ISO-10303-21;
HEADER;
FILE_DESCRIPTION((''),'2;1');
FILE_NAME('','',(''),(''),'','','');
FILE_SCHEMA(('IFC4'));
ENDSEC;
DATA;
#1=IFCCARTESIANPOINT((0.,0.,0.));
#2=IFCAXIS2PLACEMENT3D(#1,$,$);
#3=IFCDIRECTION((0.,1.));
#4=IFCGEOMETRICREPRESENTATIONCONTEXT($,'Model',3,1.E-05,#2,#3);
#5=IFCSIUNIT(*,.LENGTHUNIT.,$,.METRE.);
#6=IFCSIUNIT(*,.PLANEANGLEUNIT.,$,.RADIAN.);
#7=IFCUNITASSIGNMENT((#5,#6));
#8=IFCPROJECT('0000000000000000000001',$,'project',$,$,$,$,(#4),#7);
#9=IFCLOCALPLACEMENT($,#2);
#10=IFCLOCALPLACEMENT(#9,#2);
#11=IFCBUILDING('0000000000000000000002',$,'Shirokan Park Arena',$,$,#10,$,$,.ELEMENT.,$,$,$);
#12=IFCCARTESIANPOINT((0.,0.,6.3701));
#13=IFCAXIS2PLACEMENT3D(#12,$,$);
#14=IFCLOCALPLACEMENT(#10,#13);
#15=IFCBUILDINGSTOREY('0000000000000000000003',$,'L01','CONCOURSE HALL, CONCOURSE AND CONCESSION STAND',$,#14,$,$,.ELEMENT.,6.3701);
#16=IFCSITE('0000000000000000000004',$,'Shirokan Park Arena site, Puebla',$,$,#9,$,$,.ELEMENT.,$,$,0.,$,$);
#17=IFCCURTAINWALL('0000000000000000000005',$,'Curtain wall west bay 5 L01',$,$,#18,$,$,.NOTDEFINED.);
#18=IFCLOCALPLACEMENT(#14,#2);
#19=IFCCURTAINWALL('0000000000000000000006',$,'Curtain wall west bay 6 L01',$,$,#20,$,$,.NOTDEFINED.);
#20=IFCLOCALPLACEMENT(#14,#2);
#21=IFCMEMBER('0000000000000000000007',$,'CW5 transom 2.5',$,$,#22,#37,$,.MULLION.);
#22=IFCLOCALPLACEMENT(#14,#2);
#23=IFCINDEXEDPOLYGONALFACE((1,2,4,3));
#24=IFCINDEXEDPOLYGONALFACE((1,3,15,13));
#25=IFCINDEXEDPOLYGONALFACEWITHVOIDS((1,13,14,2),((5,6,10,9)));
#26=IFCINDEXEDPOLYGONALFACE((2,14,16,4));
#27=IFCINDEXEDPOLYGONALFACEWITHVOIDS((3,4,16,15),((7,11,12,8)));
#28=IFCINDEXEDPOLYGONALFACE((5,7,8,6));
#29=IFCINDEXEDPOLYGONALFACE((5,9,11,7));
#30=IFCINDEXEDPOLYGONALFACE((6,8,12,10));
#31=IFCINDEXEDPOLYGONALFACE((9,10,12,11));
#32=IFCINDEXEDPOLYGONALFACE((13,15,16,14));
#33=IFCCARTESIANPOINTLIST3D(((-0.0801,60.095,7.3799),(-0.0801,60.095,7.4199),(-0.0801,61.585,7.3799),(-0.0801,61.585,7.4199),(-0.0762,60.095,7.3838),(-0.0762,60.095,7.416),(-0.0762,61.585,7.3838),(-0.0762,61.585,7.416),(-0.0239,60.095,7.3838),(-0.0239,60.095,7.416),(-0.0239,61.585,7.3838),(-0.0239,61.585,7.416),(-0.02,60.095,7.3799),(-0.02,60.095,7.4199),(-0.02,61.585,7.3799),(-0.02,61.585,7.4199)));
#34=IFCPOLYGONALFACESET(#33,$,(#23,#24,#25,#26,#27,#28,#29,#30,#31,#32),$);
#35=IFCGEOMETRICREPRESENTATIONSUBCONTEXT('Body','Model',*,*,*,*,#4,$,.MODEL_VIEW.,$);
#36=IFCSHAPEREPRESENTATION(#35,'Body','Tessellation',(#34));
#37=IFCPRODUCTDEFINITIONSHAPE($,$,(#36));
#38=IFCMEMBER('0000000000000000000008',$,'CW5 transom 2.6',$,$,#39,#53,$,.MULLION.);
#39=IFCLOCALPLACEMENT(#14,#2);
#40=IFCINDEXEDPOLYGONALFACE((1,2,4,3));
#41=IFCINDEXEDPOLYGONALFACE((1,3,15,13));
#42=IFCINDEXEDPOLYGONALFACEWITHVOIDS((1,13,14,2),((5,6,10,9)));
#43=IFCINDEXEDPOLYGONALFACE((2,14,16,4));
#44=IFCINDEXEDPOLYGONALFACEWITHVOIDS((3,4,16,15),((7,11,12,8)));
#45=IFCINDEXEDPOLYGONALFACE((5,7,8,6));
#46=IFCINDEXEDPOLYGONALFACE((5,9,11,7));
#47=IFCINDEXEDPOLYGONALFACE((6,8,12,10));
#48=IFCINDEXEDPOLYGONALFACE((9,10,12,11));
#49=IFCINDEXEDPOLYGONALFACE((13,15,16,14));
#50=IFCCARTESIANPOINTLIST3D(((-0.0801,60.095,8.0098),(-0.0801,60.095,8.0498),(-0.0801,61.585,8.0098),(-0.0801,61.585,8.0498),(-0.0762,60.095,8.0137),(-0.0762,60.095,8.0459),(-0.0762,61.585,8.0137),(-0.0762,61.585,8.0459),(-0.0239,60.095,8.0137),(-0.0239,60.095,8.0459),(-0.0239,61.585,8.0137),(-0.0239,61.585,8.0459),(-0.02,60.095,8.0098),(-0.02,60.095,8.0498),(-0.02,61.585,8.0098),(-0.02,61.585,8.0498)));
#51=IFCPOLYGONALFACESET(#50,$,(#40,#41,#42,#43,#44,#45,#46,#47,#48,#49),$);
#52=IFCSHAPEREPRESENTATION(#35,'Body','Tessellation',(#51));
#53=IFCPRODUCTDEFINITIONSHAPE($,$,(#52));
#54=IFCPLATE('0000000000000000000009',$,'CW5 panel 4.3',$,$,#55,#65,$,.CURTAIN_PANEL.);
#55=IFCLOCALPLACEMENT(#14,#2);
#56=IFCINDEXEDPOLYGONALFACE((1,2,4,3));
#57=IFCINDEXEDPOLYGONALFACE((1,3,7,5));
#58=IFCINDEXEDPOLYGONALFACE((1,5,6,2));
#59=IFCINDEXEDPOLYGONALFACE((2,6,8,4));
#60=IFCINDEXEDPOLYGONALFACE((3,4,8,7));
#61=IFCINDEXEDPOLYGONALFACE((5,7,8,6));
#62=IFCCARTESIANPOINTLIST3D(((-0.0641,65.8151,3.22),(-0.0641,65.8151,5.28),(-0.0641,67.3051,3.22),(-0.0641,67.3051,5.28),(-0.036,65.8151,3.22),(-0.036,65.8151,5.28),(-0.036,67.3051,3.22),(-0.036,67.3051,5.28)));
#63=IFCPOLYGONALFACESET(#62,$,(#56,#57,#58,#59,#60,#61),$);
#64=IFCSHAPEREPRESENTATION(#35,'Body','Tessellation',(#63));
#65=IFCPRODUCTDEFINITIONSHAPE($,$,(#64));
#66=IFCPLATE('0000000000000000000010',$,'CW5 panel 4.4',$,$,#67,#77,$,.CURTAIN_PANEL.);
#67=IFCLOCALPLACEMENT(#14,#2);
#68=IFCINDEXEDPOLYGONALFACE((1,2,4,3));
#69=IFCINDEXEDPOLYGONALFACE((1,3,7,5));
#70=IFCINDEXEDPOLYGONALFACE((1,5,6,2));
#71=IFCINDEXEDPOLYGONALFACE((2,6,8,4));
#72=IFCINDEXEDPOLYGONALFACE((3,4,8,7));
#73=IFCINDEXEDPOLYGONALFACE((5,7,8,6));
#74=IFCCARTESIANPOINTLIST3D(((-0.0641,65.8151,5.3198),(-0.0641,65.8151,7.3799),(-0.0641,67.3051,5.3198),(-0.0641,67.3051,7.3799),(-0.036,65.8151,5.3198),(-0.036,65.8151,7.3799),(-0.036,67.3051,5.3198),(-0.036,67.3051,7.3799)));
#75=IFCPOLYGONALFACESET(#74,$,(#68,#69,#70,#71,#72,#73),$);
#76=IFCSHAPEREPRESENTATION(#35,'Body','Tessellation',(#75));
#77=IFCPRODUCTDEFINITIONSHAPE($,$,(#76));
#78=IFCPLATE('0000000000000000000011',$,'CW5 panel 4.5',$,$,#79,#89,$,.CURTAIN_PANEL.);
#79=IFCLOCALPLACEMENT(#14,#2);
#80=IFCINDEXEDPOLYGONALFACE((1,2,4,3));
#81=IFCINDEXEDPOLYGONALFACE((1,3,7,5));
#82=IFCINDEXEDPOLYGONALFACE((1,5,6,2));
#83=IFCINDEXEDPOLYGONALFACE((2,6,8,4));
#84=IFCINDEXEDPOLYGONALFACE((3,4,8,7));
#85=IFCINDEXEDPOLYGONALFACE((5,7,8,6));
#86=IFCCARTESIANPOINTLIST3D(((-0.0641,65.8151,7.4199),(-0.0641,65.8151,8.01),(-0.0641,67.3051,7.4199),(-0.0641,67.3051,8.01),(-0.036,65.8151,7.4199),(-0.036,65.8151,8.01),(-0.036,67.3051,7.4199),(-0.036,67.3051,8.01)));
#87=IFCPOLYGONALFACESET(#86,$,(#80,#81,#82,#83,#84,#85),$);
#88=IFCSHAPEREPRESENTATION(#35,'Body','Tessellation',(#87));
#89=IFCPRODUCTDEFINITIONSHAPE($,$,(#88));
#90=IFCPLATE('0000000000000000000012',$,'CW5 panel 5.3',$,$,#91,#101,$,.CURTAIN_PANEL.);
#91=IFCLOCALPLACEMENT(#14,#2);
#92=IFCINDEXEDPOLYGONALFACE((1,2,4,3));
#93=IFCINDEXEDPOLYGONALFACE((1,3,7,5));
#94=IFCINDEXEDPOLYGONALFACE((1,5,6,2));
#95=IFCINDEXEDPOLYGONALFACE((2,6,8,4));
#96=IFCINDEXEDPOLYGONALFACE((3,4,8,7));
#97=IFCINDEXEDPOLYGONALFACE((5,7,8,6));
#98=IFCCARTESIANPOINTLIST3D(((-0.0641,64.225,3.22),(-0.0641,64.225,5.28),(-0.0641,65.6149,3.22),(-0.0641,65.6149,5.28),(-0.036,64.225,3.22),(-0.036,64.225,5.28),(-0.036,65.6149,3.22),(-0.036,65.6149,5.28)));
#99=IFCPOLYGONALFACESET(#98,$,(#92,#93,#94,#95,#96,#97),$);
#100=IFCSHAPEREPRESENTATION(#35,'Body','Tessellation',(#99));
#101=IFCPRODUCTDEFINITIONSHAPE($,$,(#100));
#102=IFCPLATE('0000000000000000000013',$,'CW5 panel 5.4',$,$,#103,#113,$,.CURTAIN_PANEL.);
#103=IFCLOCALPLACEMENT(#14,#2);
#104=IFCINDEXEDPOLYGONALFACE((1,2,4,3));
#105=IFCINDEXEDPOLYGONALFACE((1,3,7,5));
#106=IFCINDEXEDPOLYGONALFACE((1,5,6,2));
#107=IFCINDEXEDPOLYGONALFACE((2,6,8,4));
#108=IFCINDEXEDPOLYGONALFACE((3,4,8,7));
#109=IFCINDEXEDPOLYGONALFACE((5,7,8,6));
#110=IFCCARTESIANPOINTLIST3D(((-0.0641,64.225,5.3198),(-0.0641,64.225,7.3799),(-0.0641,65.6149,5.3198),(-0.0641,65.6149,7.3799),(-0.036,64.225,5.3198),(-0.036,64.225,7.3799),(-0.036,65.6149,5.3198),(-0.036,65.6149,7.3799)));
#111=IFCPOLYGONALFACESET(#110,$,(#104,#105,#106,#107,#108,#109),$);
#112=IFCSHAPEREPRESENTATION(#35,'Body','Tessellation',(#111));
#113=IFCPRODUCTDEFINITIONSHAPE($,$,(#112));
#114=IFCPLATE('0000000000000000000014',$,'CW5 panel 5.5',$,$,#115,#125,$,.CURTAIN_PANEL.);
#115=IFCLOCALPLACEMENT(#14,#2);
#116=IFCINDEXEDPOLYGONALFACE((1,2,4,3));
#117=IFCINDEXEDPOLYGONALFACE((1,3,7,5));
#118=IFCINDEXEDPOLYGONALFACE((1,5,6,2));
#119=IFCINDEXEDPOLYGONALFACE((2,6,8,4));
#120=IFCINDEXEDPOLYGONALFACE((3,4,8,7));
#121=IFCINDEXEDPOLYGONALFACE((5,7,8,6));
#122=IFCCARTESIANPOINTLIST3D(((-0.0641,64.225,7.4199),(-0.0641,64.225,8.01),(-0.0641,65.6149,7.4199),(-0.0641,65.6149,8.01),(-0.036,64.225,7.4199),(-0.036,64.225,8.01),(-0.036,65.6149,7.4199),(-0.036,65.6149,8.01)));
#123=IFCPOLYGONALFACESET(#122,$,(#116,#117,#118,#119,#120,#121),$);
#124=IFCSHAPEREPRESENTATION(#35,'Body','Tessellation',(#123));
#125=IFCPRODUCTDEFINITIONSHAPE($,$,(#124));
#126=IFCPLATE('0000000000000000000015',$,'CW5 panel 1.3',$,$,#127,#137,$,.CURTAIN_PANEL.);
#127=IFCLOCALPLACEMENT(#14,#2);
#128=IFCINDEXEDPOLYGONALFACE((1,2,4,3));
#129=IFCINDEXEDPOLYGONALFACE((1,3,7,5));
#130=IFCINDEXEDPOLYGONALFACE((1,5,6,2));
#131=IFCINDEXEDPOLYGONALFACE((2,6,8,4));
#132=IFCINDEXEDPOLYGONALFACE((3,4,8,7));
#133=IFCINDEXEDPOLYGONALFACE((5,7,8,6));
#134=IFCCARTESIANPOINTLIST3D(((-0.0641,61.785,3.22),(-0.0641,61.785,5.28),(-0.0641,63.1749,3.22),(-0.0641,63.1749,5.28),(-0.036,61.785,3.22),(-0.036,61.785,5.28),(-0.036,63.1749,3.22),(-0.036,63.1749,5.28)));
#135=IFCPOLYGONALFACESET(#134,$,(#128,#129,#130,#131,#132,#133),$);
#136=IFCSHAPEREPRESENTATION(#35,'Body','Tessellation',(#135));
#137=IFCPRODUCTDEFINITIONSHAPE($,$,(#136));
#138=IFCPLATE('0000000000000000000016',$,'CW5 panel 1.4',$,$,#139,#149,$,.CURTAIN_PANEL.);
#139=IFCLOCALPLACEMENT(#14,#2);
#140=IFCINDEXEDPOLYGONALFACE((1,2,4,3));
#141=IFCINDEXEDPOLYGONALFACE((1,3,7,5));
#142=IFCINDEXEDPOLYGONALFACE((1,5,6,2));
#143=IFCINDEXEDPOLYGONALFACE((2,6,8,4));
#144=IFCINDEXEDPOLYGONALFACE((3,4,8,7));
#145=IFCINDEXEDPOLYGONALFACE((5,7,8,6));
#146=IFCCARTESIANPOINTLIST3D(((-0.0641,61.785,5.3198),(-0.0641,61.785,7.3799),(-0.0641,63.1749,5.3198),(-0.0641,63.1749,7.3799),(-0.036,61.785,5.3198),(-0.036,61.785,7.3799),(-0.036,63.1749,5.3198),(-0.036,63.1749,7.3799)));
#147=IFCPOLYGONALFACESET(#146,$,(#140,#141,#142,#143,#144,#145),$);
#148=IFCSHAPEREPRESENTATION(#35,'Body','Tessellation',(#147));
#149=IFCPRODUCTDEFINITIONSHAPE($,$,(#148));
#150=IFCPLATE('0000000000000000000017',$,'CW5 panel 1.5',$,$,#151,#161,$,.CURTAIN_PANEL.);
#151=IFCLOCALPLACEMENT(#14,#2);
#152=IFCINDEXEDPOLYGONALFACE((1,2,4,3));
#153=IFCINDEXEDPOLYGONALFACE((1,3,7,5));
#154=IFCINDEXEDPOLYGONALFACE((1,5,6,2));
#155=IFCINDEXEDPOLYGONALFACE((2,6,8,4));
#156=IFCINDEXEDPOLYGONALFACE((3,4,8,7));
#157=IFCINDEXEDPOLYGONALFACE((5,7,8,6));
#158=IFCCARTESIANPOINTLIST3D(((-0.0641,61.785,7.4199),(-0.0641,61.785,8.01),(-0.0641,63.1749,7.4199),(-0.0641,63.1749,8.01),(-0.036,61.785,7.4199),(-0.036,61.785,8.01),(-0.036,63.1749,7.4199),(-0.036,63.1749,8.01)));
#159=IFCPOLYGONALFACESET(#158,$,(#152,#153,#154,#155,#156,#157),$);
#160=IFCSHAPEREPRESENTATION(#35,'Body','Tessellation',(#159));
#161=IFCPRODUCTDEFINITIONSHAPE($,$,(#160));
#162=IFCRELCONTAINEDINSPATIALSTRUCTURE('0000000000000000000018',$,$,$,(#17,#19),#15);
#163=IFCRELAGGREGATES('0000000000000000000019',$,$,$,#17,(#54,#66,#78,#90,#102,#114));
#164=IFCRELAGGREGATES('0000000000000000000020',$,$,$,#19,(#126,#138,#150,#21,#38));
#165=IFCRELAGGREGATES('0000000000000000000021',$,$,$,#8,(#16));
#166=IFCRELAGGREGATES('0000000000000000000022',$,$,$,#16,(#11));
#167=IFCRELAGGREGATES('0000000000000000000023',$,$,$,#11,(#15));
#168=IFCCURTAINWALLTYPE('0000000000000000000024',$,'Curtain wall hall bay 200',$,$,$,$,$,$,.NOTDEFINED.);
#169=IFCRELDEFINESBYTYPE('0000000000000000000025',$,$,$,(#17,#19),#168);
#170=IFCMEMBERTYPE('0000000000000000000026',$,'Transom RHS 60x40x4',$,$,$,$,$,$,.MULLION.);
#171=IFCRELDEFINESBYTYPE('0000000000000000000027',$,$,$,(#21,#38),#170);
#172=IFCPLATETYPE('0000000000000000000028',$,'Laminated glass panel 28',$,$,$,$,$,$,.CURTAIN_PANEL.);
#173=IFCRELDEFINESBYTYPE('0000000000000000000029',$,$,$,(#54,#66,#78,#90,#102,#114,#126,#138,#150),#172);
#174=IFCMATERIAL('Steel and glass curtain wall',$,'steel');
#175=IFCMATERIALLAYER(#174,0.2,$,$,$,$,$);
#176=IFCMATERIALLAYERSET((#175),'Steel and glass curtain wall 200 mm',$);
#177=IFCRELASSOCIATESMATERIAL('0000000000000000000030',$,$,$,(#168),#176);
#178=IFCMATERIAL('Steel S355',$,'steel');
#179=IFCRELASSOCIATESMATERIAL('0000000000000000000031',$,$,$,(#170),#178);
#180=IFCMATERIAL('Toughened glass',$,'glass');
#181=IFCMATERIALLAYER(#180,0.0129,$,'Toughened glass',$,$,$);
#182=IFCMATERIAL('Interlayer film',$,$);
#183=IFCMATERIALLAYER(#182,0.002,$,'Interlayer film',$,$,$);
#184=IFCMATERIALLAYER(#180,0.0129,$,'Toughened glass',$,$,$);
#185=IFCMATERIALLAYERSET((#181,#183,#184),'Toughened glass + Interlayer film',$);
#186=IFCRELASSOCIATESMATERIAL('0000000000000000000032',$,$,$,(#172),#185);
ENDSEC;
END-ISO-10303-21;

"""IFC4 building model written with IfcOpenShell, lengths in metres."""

from ifc_helpers import new_model, si_unit, direction, frame, origin, origin_2d, place, context, subcontext, project, spatial, rectangle, hollow_rectangle, extrude, material, layer, layer_set, material_profile, profile_set, type_object, element, aggregate, save


model = new_model("IFC4")

# Units and contexts
model_context = context("Model", 3, precision=1e-05, world=origin(), true_north=direction((0.0, 1.0)))
body_context = subcontext(model_context, "Body", "Model", "MODEL_VIEW")
ifc_project = project(units=[si_unit("LENGTHUNIT", "METRE"), si_unit("PLANEANGLEUNIT", "RADIAN")], contexts=[model_context])

# Site, building, storey
site_placement = place(None, origin())
site = spatial("IfcSite", under=ifc_project, at=site_placement, Name="Shirokan Park Arena site, Puebla", CompositionType="ELEMENT", RefElevation=0.0)
building_placement = place(site_placement, origin())
building = spatial("IfcBuilding", under=site, at=building_placement, Name="Shirokan Park Arena", CompositionType="ELEMENT")
storey_placement = place(building_placement, frame((0.0, 0.0, 6.3701)))
storey = spatial("IfcBuildingStorey", under=building, at=storey_placement, Name="L01", Description="CONCOURSE HALL, CONCOURSE AND CONCESSION STAND", CompositionType="ELEMENT", Elevation=6.3701)

# Curtain walls, members
ifc_material_1 = material(Name="Steel and glass curtain wall", Category="steel")
ifc_layer_1 = layer(ifc_material_1, 0.2)
ifc_layer_set_1 = layer_set([ifc_layer_1], Name="Steel and glass curtain wall 200 mm")
curtain_wall_type = type_object("IfcCurtainWallType", Name="Curtain wall hall bay 200", PredefinedType="NOTDEFINED", material=ifc_layer_set_1)
curtain_wall_1_placement = place(storey_placement, origin())
curtain_wall_1 = element("IfcCurtainWall", 1, at=curtain_wall_1_placement, inside=storey, type_object=curtain_wall_type, Name="Curtain wall west bay 5 L01", PredefinedType="NOTDEFINED")
ifc_material_2 = material(Name="Steel S355", Category="steel")
ifc_material_profile = material_profile(ifc_material_2, hollow_rectangle(XDim=0.0601, YDim=0.04, WallThickness=0.0039, at=origin_2d()), Name="RHS 60x40x4")
ifc_profile_set = profile_set([ifc_material_profile], Name="Steel S355")
member_type = type_object("IfcMemberType", Name="Transom RHS 60x40x4", PredefinedType="MULLION", material=ifc_profile_set)
curtain_wall_2_placement = place(storey_placement, origin())
curtain_wall_2 = element("IfcCurtainWall", 2, at=curtain_wall_2_placement, inside=storey, type_object=curtain_wall_type, Name="Curtain wall west bay 6 L01", PredefinedType="NOTDEFINED")
member_1_placement = place(storey_placement, frame((-0.05, 61.585, 7.3999), z_axis=(0.0, -1.0, 0.0), x_axis=(1.0, 0.0, 0.0)))
member_1 = element("IfcMember", 3, at=member_1_placement, type_object=member_type, Name="CW5 transom 2.5", PredefinedType="MULLION", context=body_context, shape_type="SweptSolid", body=[
    extrude(hollow_rectangle(XDim=0.0601, YDim=0.04, WallThickness=0.0039, at=origin_2d()), origin(), (0.0, 0.0, 1.0), 1.49),
])
member_2_placement = place(storey_placement, frame((-0.05, 61.585, 8.0298), z_axis=(0.0, -1.0, 0.0), x_axis=(1.0, 0.0, 0.0)))
member_2 = element("IfcMember", 4, at=member_2_placement, type_object=member_type, Name="CW5 transom 2.6", PredefinedType="MULLION", context=body_context, shape_type="SweptSolid", body=[
    extrude(hollow_rectangle(XDim=0.0601, YDim=0.04, WallThickness=0.0039, at=origin_2d()), origin(), (0.0, 0.0, 1.0), 1.49),
])

# Plates
ifc_material_3 = material(Name="Toughened glass", Category="glass")
ifc_layer_2 = layer(ifc_material_3, 0.0129, Name="Toughened glass")
ifc_material_4 = material(Name="Interlayer film")
ifc_layer_3 = layer(ifc_material_4, 0.002, Name="Interlayer film")
ifc_layer_4 = layer(ifc_material_3, 0.0129, Name="Toughened glass")
ifc_layer_set_2 = layer_set([ifc_layer_2, ifc_layer_3, ifc_layer_4], Name="Toughened glass + Interlayer film")
plate_type = type_object("IfcPlateType", Name="Laminated glass panel 28", PredefinedType="CURTAIN_PANEL", material=ifc_layer_set_2)
plate_1_placement = place(storey_placement, frame((-0.05, 66.5601, 3.22), z_axis=(0.0, 0.0, 1.0), x_axis=(0.0, -1.0, 0.0)))
plate_1 = element("IfcPlate", 5, at=plate_1_placement, type_object=plate_type, Name="CW5 panel 4.3", PredefinedType="CURTAIN_PANEL", context=body_context, shape_type="SweptSolid", body=[
    extrude(rectangle(XDim=1.49, YDim=0.0281, at=origin_2d()), origin(), (0.0, 0.0, 1.0), 2.0601),
])
plate_2_placement = place(storey_placement, frame((-0.05, 66.5601, 5.3198), z_axis=(0.0, 0.0, 1.0), x_axis=(0.0, -1.0, 0.0)))
plate_2 = element("IfcPlate", 6, at=plate_2_placement, type_object=plate_type, Name="CW5 panel 4.4", PredefinedType="CURTAIN_PANEL", context=body_context, shape_type="SweptSolid", body=[
    extrude(rectangle(XDim=1.49, YDim=0.0281, at=origin_2d()), origin(), (0.0, 0.0, 1.0), 2.0601),
])
plate_3_placement = place(storey_placement, frame((-0.05, 66.5601, 7.4199), z_axis=(0.0, 0.0, 1.0), x_axis=(0.0, -1.0, 0.0)))
plate_3 = element("IfcPlate", 7, at=plate_3_placement, type_object=plate_type, Name="CW5 panel 4.5", PredefinedType="CURTAIN_PANEL", context=body_context, shape_type="SweptSolid", body=[
    extrude(rectangle(XDim=1.49, YDim=0.0281, at=origin_2d()), origin(), (0.0, 0.0, 1.0), 0.5901),
])
plate_4_placement = place(storey_placement, frame((-0.05, 64.9199, 3.22), z_axis=(0.0, 0.0, 1.0), x_axis=(0.0, -1.0, 0.0)))
plate_4 = element("IfcPlate", 8, at=plate_4_placement, type_object=plate_type, Name="CW5 panel 5.3", PredefinedType="CURTAIN_PANEL", context=body_context, shape_type="SweptSolid", body=[
    extrude(rectangle(XDim=1.3899, YDim=0.0281, at=origin_2d()), origin(), (0.0, 0.0, 1.0), 2.0601),
])
plate_5_placement = place(storey_placement, frame((-0.05, 64.9199, 5.3198), z_axis=(0.0, 0.0, 1.0), x_axis=(0.0, -1.0, 0.0)))
plate_5 = element("IfcPlate", 9, at=plate_5_placement, type_object=plate_type, Name="CW5 panel 5.4", PredefinedType="CURTAIN_PANEL", context=body_context, shape_type="SweptSolid", body=[
    extrude(rectangle(XDim=1.3899, YDim=0.0281, at=origin_2d()), origin(), (0.0, 0.0, 1.0), 2.0601),
])
plate_6_placement = place(storey_placement, frame((-0.05, 64.9199, 7.4199), z_axis=(0.0, 0.0, 1.0), x_axis=(0.0, -1.0, 0.0)))
plate_6 = element("IfcPlate", 10, at=plate_6_placement, type_object=plate_type, Name="CW5 panel 5.5", PredefinedType="CURTAIN_PANEL", context=body_context, shape_type="SweptSolid", body=[
    extrude(rectangle(XDim=1.3899, YDim=0.0281, at=origin_2d()), origin(), (0.0, 0.0, 1.0), 0.5901),
])
aggregate(curtain_wall_1, [plate_1, plate_2, plate_3, plate_4, plate_5, plate_6])
plate_7_placement = place(storey_placement, frame((-0.05, 62.48, 3.22), z_axis=(0.0, 0.0, 1.0), x_axis=(0.0, -1.0, 0.0)))
plate_7 = element("IfcPlate", 11, at=plate_7_placement, type_object=plate_type, Name="CW5 panel 1.3", PredefinedType="CURTAIN_PANEL", context=body_context, shape_type="SweptSolid", body=[
    extrude(rectangle(XDim=1.3899, YDim=0.0281, at=origin_2d()), origin(), (0.0, 0.0, 1.0), 2.0601),
])
plate_8_placement = place(storey_placement, frame((-0.05, 62.48, 5.3198), z_axis=(0.0, 0.0, 1.0), x_axis=(0.0, -1.0, 0.0)))
plate_8 = element("IfcPlate", 12, at=plate_8_placement, type_object=plate_type, Name="CW5 panel 1.4", PredefinedType="CURTAIN_PANEL", context=body_context, shape_type="SweptSolid", body=[
    extrude(rectangle(XDim=1.3899, YDim=0.0281, at=origin_2d()), origin(), (0.0, 0.0, 1.0), 2.0601),
])
plate_9_placement = place(storey_placement, frame((-0.05, 62.48, 7.4199), z_axis=(0.0, 0.0, 1.0), x_axis=(0.0, -1.0, 0.0)))
plate_9 = element("IfcPlate", 13, at=plate_9_placement, type_object=plate_type, Name="CW5 panel 1.5", PredefinedType="CURTAIN_PANEL", context=body_context, shape_type="SweptSolid", body=[
    extrude(rectangle(XDim=1.3899, YDim=0.0281, at=origin_2d()), origin(), (0.0, 0.0, 1.0), 0.5901),
])
aggregate(curtain_wall_2, [plate_7, plate_8, plate_9, member_1, member_2])

save(model, "model.ifc")
